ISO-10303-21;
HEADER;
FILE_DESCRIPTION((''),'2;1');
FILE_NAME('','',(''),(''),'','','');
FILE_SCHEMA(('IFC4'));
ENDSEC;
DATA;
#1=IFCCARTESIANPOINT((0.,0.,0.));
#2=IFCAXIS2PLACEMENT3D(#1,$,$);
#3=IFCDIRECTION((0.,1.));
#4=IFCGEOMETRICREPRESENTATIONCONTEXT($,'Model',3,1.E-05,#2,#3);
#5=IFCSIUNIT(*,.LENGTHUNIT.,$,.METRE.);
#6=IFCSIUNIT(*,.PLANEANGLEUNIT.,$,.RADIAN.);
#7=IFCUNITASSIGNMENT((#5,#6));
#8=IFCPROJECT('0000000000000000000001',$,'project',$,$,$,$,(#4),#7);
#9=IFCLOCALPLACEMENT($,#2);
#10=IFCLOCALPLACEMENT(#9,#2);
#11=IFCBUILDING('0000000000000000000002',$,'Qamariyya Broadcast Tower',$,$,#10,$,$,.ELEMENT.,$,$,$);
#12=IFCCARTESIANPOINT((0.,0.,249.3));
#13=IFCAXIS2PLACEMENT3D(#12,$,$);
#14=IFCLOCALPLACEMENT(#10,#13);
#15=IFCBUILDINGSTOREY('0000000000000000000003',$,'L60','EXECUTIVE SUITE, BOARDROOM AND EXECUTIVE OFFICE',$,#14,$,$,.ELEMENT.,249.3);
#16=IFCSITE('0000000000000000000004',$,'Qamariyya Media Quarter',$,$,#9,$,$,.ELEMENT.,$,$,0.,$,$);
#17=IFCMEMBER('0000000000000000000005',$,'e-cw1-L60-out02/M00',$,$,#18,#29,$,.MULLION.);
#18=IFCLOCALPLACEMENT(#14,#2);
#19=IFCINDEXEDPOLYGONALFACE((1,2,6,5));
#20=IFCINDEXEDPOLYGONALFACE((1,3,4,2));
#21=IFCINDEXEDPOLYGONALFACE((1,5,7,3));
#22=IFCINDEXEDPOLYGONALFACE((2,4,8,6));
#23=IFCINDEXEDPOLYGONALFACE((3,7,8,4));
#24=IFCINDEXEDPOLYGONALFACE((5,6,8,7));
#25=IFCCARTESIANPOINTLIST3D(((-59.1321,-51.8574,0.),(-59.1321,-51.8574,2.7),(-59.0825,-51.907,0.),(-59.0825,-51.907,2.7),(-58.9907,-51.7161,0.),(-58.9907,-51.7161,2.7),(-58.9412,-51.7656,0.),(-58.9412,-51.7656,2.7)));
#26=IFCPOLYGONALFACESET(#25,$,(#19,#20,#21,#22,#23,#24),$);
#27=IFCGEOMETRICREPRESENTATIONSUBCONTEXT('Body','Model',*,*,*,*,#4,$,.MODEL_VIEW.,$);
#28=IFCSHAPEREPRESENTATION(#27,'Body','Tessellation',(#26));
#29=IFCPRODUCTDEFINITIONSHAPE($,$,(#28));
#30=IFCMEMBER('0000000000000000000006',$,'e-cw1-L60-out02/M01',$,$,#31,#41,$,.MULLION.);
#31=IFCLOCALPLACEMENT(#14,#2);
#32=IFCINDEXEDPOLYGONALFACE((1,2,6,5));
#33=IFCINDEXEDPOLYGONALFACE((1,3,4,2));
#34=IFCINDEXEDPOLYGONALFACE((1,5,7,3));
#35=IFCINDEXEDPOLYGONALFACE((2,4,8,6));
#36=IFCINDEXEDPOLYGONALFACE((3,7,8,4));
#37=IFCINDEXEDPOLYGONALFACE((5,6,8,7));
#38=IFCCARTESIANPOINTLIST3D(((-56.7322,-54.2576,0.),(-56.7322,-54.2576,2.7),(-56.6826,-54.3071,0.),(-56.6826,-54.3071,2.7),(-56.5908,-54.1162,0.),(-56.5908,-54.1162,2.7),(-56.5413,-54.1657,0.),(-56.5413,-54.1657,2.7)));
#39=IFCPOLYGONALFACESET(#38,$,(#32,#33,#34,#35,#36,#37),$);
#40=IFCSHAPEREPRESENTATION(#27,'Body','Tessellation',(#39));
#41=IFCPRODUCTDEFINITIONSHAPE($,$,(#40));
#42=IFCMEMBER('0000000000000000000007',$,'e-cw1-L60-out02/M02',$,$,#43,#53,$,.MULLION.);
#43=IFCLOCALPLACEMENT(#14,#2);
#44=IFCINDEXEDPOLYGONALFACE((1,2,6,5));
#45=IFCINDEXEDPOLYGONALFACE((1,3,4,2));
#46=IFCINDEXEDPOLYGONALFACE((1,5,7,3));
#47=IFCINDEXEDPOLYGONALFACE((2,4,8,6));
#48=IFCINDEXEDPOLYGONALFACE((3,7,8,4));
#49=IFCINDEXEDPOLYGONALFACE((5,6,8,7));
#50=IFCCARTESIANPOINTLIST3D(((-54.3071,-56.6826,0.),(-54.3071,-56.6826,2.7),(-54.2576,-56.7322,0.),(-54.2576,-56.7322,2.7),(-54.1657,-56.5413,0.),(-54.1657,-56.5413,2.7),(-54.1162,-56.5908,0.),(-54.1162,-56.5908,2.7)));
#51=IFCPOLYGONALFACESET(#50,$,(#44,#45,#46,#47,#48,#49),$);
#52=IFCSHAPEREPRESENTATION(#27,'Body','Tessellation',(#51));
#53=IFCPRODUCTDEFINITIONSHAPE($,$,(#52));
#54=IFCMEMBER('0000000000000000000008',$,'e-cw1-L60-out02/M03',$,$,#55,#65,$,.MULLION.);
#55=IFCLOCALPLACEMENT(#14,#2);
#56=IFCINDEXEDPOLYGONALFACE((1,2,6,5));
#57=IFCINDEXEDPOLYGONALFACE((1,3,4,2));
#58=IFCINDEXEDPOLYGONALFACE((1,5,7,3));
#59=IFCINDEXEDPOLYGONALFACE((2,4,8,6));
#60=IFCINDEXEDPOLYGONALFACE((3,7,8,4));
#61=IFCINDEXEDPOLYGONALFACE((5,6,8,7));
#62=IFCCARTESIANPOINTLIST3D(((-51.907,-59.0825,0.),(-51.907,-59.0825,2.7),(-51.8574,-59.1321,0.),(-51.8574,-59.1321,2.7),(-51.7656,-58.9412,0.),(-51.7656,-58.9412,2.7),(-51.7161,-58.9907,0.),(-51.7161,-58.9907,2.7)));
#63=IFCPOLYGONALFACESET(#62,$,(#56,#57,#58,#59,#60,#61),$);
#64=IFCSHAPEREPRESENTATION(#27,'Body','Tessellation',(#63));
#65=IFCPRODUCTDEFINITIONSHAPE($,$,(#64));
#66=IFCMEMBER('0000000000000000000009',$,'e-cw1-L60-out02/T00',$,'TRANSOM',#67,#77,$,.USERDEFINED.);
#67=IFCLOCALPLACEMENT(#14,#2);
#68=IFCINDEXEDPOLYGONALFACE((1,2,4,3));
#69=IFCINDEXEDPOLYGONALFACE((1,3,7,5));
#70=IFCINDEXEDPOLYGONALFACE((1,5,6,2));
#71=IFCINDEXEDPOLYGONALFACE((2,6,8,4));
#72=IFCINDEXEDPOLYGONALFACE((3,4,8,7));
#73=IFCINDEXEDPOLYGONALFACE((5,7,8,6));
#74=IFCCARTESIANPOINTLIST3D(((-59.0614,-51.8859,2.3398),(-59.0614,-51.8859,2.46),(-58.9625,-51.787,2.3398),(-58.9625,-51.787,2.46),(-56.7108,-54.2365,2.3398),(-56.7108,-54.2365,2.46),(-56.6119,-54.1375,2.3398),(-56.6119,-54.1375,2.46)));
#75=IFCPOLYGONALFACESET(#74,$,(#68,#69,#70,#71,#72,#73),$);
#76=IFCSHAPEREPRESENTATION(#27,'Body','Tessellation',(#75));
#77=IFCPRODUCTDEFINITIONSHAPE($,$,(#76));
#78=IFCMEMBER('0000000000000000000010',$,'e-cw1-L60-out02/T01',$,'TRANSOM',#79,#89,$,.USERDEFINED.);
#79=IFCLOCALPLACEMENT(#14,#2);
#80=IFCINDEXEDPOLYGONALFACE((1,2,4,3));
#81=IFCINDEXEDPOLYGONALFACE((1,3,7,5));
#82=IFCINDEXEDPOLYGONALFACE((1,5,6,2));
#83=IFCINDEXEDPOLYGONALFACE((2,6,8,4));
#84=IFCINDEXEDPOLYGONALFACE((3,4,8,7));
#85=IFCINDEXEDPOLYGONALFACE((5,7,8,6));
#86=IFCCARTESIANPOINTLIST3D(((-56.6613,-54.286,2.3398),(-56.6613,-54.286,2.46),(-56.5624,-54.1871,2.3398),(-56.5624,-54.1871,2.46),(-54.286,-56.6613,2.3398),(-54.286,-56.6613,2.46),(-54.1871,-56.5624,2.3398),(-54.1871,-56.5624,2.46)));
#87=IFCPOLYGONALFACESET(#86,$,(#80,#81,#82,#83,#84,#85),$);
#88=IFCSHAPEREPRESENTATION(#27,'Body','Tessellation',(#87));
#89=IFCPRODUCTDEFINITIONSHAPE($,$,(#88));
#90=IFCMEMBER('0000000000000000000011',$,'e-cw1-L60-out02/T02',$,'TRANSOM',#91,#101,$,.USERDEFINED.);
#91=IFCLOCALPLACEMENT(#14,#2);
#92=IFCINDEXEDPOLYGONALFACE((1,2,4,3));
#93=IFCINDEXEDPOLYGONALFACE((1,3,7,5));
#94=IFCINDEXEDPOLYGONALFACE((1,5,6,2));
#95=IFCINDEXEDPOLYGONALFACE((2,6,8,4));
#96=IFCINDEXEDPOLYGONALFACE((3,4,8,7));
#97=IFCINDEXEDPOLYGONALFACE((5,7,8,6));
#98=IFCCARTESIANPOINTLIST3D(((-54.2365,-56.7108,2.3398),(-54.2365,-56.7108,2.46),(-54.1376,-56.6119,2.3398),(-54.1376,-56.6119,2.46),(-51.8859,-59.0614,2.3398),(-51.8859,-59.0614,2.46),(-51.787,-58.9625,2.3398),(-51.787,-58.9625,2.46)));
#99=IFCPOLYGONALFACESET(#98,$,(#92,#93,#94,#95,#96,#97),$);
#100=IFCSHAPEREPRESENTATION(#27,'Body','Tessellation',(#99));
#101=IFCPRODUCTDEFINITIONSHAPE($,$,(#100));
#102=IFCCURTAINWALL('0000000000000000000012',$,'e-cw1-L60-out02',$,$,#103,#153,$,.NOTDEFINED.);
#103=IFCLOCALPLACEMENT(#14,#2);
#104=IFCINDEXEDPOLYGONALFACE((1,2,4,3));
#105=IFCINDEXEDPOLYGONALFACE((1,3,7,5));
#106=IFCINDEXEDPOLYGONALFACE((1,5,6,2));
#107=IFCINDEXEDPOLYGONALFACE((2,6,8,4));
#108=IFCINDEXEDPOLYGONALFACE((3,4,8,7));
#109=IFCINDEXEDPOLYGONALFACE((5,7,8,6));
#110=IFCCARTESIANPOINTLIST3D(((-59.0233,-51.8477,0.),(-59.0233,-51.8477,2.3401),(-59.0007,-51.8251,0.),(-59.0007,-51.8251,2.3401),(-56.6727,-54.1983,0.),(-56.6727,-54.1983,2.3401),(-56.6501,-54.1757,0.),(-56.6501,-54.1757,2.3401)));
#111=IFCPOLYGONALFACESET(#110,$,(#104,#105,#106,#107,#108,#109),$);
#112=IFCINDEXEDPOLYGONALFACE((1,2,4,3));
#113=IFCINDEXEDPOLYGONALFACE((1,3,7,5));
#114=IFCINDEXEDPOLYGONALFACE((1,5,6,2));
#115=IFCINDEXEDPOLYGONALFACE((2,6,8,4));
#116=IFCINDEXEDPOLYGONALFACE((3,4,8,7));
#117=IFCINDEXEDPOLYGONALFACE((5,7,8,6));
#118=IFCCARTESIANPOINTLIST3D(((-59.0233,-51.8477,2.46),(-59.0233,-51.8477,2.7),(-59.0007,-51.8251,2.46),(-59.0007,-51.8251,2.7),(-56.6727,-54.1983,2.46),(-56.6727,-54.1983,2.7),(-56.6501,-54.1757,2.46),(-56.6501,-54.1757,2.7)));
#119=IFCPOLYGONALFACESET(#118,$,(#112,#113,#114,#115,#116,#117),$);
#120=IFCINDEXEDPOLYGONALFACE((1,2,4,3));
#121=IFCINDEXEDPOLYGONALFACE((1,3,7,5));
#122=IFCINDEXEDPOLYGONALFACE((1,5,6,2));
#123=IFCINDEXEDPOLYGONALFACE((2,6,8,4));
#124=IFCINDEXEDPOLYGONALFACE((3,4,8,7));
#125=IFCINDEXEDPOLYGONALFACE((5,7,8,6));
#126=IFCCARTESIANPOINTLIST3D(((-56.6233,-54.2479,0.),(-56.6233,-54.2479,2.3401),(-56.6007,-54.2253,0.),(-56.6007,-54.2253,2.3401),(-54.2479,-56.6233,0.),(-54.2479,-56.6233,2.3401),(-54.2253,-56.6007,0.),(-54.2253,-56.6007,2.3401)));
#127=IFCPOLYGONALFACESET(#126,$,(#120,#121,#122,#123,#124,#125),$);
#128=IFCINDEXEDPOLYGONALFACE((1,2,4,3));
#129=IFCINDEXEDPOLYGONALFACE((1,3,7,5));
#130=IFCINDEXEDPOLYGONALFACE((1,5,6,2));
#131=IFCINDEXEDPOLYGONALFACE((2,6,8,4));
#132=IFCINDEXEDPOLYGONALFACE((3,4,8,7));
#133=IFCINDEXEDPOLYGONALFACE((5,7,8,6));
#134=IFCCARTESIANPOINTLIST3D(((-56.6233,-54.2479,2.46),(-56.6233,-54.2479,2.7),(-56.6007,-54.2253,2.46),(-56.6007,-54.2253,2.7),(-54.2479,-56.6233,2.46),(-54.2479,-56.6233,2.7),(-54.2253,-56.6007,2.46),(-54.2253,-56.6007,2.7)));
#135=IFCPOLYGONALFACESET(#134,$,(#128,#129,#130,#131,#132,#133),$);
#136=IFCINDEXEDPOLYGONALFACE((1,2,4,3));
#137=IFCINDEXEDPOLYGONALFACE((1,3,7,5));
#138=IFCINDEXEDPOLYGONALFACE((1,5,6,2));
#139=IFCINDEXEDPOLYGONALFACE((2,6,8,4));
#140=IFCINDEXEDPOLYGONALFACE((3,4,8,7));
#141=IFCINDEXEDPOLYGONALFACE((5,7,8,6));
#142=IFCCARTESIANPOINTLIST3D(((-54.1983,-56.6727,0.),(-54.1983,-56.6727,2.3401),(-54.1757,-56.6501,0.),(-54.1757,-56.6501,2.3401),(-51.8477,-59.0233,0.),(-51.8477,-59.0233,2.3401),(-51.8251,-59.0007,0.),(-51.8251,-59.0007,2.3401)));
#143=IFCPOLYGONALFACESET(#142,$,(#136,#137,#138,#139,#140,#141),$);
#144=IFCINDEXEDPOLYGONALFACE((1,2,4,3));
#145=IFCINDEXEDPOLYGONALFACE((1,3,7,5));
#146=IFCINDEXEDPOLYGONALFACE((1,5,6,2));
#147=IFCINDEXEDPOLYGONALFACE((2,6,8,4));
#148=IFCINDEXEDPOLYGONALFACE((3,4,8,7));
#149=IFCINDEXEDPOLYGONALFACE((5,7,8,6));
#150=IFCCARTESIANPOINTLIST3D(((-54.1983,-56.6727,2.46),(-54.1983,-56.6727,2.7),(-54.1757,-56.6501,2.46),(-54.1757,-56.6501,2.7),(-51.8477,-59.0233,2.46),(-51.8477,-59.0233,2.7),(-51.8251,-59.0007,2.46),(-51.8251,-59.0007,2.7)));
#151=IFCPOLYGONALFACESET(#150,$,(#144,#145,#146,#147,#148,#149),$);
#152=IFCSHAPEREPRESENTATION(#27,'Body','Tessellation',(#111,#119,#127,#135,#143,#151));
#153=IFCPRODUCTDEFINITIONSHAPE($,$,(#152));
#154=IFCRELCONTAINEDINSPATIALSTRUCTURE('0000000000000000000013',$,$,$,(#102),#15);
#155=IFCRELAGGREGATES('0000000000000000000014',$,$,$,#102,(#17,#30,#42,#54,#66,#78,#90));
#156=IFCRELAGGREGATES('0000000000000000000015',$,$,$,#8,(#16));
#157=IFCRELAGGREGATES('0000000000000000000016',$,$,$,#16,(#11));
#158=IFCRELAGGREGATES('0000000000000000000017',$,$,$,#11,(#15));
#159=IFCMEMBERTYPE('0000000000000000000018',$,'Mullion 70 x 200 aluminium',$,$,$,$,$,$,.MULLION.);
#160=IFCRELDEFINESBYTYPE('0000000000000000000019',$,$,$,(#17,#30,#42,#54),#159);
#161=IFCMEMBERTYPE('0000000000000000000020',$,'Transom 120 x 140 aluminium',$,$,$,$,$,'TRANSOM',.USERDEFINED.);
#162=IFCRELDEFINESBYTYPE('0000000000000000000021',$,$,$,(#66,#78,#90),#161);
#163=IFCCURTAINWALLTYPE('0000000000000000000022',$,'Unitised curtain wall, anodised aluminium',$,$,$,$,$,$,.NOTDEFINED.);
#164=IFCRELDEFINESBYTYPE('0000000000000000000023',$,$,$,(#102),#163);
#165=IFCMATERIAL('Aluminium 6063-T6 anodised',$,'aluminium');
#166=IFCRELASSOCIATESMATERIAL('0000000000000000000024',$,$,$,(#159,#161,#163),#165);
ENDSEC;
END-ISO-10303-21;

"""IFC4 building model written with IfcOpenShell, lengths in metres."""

from ifc_helpers import new_model, si_unit, direction, frame, origin, origin_2d, place, context, subcontext, project, spatial, rectangle, extrude, material, material_profile, profile_set, type_object, element, aggregate, save


model = new_model("IFC4")

# Units and contexts
model_context = context("Model", 3, precision=1e-05, world=origin(), true_north=direction((0.0, 1.0)))
body_context = subcontext(model_context, "Body", "Model", "MODEL_VIEW")
ifc_project = project(units=[si_unit("LENGTHUNIT", "METRE"), si_unit("PLANEANGLEUNIT", "RADIAN")], contexts=[model_context])

# Members
ifc_material = material(Name="Aluminium 6063-T6 anodised", Category="aluminium")
ifc_material_profile_1 = material_profile(ifc_material, rectangle(XDim=0.2, YDim=0.0701, at=origin_2d()))
ifc_profile_set_1 = profile_set([ifc_material_profile_1], Name="Aluminium 6063-T6 anodised")
member_type_1 = type_object("IfcMemberType", Name="Mullion 70 x 200 aluminium", PredefinedType="MULLION", material=ifc_profile_set_1)
site_placement = place(None, origin())
building_placement = place(site_placement, origin())
storey_placement = place(building_placement, frame((0.0, 0.0, 249.3)))
member_1_placement = place(storey_placement, frame((-59.0366, -51.8115, 0.0), z_axis=(0.0, 0.0, 1.0), x_axis=(0.707107, 0.707107, 0.0)))
member_1 = element("IfcMember", 1, at=member_1_placement, type_object=member_type_1, Name="e-cw1-L60-out02/M00", PredefinedType="MULLION", context=body_context, shape_type="SweptSolid", body=[
    extrude(rectangle(XDim=0.2, YDim=0.0701, at=origin_2d()), origin(), (0.0, 0.0, 1.0), 2.7),
])
member_2_placement = place(storey_placement, frame((-56.6367, -54.2117, 0.0), z_axis=(0.0, 0.0, 1.0), x_axis=(0.707107, 0.707107, 0.0)))
member_2 = element("IfcMember", 2, at=member_2_placement, type_object=member_type_1, Name="e-cw1-L60-out02/M01", PredefinedType="MULLION", context=body_context, shape_type="SweptSolid", body=[
    extrude(rectangle(XDim=0.2, YDim=0.0701, at=origin_2d()), origin(), (0.0, 0.0, 1.0), 2.7),
])
member_3_placement = place(storey_placement, frame((-54.2117, -56.6367, 0.0), z_axis=(0.0, 0.0, 1.0), x_axis=(0.707107, 0.707107, 0.0)))
member_3 = element("IfcMember", 3, at=member_3_placement, type_object=member_type_1, Name="e-cw1-L60-out02/M02", PredefinedType="MULLION", context=body_context, shape_type="SweptSolid", body=[
    extrude(rectangle(XDim=0.2, YDim=0.0701, at=origin_2d()), origin(), (0.0, 0.0, 1.0), 2.7),
])
member_4_placement = place(storey_placement, frame((-51.8115, -59.0366, 0.0), z_axis=(0.0, 0.0, 1.0), x_axis=(0.707107, 0.707107, 0.0)))
member_4 = element("IfcMember", 4, at=member_4_placement, type_object=member_type_1, Name="e-cw1-L60-out02/M03", PredefinedType="MULLION", context=body_context, shape_type="SweptSolid", body=[
    extrude(rectangle(XDim=0.2, YDim=0.0701, at=origin_2d()), origin(), (0.0, 0.0, 1.0), 2.7),
])
ifc_material_profile_2 = material_profile(ifc_material, rectangle(XDim=0.1399, YDim=0.1201, at=origin_2d()))
ifc_profile_set_2 = profile_set([ifc_material_profile_2], Name="Aluminium 6063-T6 anodised")
member_type_2 = type_object("IfcMemberType", Name="Transom 120 x 140 aluminium", ElementType="TRANSOM", PredefinedType="USERDEFINED", material=ifc_profile_set_2)
member_5_placement = place(storey_placement, frame((-59.012, -51.8364, 2.3999), z_axis=(0.707107, -0.707107, 0.0), x_axis=(0.707107, 0.707107, 0.0)))
member_5 = element("IfcMember", 5, at=member_5_placement, type_object=member_type_2, Name="e-cw1-L60-out02/T00", ObjectType="TRANSOM", PredefinedType="USERDEFINED", context=body_context, shape_type="SweptSolid", body=[
    extrude(rectangle(XDim=0.1399, YDim=0.1201, at=origin_2d()), origin(), (0.0, 0.0, 1.0), 3.3242),
])
member_6_placement = place(storey_placement, frame((-56.6118, -54.2366, 2.3999), z_axis=(0.707107, -0.707107, 0.0), x_axis=(0.707107, 0.707107, 0.0)))
member_6 = element("IfcMember", 6, at=member_6_placement, type_object=member_type_2, Name="e-cw1-L60-out02/T01", ObjectType="TRANSOM", PredefinedType="USERDEFINED", context=body_context, shape_type="SweptSolid", body=[
    extrude(rectangle(XDim=0.1399, YDim=0.1201, at=origin_2d()), origin(), (0.0, 0.0, 1.0), 3.3591),
])
member_7_placement = place(storey_placement, frame((-54.187, -56.6614, 2.3999), z_axis=(0.707107, -0.707107, 0.0), x_axis=(0.707107, 0.707107, 0.0)))
member_7 = element("IfcMember", 7, at=member_7_placement, type_object=member_type_2, Name="e-cw1-L60-out02/T02", ObjectType="TRANSOM", PredefinedType="USERDEFINED", context=body_context, shape_type="SweptSolid", body=[
    extrude(rectangle(XDim=0.1399, YDim=0.1201, at=origin_2d()), origin(), (0.0, 0.0, 1.0), 3.3242),
])

# Site, building, storey
site = spatial("IfcSite", under=ifc_project, at=site_placement, Name="Qamariyya Media Quarter", CompositionType="ELEMENT", RefElevation=0.0)
building = spatial("IfcBuilding", under=site, at=building_placement, Name="Qamariyya Broadcast Tower", CompositionType="ELEMENT")
storey = spatial("IfcBuildingStorey", under=building, at=storey_placement, Name="L60", Description="EXECUTIVE SUITE, BOARDROOM AND EXECUTIVE OFFICE", CompositionType="ELEMENT", Elevation=249.3)

# Curtain wall
curtain_wall_type = type_object("IfcCurtainWallType", Name="Unitised curtain wall, anodised aluminium", PredefinedType="NOTDEFINED", material=ifc_material)
curtain_wall_1_placement = place(storey_placement, origin())
curtain_wall_1 = element("IfcCurtainWall", 8, at=curtain_wall_1_placement, inside=storey, type_object=curtain_wall_type, Name="e-cw1-L60-out02", PredefinedType="NOTDEFINED", context=body_context, shape_type="SweptSolid", body=[
    extrude(rectangle(XDim=3.3242, YDim=0.032, at=origin_2d()), frame((-57.8367, -53.0117, 0.0), x_axis=(0.707107, -0.707107, 0.0)), (0.0, 0.0, 1.0), 2.3401),
    extrude(rectangle(XDim=3.3242, YDim=0.032, at=origin_2d()), frame((-57.8367, -53.0117, 2.46), x_axis=(0.707107, -0.707107, 0.0)), (0.0, 0.0, 1.0), 0.24),
    extrude(rectangle(XDim=3.3594, YDim=0.032, at=origin_2d()), frame((-55.4243, -55.4243, 0.0), x_axis=(0.707107, -0.707107, 0.0)), (0.0, 0.0, 1.0), 2.3401),
    extrude(rectangle(XDim=3.3594, YDim=0.032, at=origin_2d()), frame((-55.4243, -55.4243, 2.46), x_axis=(0.707107, -0.707107, 0.0)), (0.0, 0.0, 1.0), 0.24),
    extrude(rectangle(XDim=3.3242, YDim=0.032, at=origin_2d()), frame((-53.0117, -57.8367, 0.0), x_axis=(0.707107, -0.707107, 0.0)), (0.0, 0.0, 1.0), 2.3401),
    extrude(rectangle(XDim=3.3242, YDim=0.032, at=origin_2d()), frame((-53.0117, -57.8367, 2.46), x_axis=(0.707107, -0.707107, 0.0)), (0.0, 0.0, 1.0), 0.24),
])
aggregate(curtain_wall_1, [member_1, member_2, member_3, member_4, member_5, member_6, member_7])

save(model, "model.ifc")
